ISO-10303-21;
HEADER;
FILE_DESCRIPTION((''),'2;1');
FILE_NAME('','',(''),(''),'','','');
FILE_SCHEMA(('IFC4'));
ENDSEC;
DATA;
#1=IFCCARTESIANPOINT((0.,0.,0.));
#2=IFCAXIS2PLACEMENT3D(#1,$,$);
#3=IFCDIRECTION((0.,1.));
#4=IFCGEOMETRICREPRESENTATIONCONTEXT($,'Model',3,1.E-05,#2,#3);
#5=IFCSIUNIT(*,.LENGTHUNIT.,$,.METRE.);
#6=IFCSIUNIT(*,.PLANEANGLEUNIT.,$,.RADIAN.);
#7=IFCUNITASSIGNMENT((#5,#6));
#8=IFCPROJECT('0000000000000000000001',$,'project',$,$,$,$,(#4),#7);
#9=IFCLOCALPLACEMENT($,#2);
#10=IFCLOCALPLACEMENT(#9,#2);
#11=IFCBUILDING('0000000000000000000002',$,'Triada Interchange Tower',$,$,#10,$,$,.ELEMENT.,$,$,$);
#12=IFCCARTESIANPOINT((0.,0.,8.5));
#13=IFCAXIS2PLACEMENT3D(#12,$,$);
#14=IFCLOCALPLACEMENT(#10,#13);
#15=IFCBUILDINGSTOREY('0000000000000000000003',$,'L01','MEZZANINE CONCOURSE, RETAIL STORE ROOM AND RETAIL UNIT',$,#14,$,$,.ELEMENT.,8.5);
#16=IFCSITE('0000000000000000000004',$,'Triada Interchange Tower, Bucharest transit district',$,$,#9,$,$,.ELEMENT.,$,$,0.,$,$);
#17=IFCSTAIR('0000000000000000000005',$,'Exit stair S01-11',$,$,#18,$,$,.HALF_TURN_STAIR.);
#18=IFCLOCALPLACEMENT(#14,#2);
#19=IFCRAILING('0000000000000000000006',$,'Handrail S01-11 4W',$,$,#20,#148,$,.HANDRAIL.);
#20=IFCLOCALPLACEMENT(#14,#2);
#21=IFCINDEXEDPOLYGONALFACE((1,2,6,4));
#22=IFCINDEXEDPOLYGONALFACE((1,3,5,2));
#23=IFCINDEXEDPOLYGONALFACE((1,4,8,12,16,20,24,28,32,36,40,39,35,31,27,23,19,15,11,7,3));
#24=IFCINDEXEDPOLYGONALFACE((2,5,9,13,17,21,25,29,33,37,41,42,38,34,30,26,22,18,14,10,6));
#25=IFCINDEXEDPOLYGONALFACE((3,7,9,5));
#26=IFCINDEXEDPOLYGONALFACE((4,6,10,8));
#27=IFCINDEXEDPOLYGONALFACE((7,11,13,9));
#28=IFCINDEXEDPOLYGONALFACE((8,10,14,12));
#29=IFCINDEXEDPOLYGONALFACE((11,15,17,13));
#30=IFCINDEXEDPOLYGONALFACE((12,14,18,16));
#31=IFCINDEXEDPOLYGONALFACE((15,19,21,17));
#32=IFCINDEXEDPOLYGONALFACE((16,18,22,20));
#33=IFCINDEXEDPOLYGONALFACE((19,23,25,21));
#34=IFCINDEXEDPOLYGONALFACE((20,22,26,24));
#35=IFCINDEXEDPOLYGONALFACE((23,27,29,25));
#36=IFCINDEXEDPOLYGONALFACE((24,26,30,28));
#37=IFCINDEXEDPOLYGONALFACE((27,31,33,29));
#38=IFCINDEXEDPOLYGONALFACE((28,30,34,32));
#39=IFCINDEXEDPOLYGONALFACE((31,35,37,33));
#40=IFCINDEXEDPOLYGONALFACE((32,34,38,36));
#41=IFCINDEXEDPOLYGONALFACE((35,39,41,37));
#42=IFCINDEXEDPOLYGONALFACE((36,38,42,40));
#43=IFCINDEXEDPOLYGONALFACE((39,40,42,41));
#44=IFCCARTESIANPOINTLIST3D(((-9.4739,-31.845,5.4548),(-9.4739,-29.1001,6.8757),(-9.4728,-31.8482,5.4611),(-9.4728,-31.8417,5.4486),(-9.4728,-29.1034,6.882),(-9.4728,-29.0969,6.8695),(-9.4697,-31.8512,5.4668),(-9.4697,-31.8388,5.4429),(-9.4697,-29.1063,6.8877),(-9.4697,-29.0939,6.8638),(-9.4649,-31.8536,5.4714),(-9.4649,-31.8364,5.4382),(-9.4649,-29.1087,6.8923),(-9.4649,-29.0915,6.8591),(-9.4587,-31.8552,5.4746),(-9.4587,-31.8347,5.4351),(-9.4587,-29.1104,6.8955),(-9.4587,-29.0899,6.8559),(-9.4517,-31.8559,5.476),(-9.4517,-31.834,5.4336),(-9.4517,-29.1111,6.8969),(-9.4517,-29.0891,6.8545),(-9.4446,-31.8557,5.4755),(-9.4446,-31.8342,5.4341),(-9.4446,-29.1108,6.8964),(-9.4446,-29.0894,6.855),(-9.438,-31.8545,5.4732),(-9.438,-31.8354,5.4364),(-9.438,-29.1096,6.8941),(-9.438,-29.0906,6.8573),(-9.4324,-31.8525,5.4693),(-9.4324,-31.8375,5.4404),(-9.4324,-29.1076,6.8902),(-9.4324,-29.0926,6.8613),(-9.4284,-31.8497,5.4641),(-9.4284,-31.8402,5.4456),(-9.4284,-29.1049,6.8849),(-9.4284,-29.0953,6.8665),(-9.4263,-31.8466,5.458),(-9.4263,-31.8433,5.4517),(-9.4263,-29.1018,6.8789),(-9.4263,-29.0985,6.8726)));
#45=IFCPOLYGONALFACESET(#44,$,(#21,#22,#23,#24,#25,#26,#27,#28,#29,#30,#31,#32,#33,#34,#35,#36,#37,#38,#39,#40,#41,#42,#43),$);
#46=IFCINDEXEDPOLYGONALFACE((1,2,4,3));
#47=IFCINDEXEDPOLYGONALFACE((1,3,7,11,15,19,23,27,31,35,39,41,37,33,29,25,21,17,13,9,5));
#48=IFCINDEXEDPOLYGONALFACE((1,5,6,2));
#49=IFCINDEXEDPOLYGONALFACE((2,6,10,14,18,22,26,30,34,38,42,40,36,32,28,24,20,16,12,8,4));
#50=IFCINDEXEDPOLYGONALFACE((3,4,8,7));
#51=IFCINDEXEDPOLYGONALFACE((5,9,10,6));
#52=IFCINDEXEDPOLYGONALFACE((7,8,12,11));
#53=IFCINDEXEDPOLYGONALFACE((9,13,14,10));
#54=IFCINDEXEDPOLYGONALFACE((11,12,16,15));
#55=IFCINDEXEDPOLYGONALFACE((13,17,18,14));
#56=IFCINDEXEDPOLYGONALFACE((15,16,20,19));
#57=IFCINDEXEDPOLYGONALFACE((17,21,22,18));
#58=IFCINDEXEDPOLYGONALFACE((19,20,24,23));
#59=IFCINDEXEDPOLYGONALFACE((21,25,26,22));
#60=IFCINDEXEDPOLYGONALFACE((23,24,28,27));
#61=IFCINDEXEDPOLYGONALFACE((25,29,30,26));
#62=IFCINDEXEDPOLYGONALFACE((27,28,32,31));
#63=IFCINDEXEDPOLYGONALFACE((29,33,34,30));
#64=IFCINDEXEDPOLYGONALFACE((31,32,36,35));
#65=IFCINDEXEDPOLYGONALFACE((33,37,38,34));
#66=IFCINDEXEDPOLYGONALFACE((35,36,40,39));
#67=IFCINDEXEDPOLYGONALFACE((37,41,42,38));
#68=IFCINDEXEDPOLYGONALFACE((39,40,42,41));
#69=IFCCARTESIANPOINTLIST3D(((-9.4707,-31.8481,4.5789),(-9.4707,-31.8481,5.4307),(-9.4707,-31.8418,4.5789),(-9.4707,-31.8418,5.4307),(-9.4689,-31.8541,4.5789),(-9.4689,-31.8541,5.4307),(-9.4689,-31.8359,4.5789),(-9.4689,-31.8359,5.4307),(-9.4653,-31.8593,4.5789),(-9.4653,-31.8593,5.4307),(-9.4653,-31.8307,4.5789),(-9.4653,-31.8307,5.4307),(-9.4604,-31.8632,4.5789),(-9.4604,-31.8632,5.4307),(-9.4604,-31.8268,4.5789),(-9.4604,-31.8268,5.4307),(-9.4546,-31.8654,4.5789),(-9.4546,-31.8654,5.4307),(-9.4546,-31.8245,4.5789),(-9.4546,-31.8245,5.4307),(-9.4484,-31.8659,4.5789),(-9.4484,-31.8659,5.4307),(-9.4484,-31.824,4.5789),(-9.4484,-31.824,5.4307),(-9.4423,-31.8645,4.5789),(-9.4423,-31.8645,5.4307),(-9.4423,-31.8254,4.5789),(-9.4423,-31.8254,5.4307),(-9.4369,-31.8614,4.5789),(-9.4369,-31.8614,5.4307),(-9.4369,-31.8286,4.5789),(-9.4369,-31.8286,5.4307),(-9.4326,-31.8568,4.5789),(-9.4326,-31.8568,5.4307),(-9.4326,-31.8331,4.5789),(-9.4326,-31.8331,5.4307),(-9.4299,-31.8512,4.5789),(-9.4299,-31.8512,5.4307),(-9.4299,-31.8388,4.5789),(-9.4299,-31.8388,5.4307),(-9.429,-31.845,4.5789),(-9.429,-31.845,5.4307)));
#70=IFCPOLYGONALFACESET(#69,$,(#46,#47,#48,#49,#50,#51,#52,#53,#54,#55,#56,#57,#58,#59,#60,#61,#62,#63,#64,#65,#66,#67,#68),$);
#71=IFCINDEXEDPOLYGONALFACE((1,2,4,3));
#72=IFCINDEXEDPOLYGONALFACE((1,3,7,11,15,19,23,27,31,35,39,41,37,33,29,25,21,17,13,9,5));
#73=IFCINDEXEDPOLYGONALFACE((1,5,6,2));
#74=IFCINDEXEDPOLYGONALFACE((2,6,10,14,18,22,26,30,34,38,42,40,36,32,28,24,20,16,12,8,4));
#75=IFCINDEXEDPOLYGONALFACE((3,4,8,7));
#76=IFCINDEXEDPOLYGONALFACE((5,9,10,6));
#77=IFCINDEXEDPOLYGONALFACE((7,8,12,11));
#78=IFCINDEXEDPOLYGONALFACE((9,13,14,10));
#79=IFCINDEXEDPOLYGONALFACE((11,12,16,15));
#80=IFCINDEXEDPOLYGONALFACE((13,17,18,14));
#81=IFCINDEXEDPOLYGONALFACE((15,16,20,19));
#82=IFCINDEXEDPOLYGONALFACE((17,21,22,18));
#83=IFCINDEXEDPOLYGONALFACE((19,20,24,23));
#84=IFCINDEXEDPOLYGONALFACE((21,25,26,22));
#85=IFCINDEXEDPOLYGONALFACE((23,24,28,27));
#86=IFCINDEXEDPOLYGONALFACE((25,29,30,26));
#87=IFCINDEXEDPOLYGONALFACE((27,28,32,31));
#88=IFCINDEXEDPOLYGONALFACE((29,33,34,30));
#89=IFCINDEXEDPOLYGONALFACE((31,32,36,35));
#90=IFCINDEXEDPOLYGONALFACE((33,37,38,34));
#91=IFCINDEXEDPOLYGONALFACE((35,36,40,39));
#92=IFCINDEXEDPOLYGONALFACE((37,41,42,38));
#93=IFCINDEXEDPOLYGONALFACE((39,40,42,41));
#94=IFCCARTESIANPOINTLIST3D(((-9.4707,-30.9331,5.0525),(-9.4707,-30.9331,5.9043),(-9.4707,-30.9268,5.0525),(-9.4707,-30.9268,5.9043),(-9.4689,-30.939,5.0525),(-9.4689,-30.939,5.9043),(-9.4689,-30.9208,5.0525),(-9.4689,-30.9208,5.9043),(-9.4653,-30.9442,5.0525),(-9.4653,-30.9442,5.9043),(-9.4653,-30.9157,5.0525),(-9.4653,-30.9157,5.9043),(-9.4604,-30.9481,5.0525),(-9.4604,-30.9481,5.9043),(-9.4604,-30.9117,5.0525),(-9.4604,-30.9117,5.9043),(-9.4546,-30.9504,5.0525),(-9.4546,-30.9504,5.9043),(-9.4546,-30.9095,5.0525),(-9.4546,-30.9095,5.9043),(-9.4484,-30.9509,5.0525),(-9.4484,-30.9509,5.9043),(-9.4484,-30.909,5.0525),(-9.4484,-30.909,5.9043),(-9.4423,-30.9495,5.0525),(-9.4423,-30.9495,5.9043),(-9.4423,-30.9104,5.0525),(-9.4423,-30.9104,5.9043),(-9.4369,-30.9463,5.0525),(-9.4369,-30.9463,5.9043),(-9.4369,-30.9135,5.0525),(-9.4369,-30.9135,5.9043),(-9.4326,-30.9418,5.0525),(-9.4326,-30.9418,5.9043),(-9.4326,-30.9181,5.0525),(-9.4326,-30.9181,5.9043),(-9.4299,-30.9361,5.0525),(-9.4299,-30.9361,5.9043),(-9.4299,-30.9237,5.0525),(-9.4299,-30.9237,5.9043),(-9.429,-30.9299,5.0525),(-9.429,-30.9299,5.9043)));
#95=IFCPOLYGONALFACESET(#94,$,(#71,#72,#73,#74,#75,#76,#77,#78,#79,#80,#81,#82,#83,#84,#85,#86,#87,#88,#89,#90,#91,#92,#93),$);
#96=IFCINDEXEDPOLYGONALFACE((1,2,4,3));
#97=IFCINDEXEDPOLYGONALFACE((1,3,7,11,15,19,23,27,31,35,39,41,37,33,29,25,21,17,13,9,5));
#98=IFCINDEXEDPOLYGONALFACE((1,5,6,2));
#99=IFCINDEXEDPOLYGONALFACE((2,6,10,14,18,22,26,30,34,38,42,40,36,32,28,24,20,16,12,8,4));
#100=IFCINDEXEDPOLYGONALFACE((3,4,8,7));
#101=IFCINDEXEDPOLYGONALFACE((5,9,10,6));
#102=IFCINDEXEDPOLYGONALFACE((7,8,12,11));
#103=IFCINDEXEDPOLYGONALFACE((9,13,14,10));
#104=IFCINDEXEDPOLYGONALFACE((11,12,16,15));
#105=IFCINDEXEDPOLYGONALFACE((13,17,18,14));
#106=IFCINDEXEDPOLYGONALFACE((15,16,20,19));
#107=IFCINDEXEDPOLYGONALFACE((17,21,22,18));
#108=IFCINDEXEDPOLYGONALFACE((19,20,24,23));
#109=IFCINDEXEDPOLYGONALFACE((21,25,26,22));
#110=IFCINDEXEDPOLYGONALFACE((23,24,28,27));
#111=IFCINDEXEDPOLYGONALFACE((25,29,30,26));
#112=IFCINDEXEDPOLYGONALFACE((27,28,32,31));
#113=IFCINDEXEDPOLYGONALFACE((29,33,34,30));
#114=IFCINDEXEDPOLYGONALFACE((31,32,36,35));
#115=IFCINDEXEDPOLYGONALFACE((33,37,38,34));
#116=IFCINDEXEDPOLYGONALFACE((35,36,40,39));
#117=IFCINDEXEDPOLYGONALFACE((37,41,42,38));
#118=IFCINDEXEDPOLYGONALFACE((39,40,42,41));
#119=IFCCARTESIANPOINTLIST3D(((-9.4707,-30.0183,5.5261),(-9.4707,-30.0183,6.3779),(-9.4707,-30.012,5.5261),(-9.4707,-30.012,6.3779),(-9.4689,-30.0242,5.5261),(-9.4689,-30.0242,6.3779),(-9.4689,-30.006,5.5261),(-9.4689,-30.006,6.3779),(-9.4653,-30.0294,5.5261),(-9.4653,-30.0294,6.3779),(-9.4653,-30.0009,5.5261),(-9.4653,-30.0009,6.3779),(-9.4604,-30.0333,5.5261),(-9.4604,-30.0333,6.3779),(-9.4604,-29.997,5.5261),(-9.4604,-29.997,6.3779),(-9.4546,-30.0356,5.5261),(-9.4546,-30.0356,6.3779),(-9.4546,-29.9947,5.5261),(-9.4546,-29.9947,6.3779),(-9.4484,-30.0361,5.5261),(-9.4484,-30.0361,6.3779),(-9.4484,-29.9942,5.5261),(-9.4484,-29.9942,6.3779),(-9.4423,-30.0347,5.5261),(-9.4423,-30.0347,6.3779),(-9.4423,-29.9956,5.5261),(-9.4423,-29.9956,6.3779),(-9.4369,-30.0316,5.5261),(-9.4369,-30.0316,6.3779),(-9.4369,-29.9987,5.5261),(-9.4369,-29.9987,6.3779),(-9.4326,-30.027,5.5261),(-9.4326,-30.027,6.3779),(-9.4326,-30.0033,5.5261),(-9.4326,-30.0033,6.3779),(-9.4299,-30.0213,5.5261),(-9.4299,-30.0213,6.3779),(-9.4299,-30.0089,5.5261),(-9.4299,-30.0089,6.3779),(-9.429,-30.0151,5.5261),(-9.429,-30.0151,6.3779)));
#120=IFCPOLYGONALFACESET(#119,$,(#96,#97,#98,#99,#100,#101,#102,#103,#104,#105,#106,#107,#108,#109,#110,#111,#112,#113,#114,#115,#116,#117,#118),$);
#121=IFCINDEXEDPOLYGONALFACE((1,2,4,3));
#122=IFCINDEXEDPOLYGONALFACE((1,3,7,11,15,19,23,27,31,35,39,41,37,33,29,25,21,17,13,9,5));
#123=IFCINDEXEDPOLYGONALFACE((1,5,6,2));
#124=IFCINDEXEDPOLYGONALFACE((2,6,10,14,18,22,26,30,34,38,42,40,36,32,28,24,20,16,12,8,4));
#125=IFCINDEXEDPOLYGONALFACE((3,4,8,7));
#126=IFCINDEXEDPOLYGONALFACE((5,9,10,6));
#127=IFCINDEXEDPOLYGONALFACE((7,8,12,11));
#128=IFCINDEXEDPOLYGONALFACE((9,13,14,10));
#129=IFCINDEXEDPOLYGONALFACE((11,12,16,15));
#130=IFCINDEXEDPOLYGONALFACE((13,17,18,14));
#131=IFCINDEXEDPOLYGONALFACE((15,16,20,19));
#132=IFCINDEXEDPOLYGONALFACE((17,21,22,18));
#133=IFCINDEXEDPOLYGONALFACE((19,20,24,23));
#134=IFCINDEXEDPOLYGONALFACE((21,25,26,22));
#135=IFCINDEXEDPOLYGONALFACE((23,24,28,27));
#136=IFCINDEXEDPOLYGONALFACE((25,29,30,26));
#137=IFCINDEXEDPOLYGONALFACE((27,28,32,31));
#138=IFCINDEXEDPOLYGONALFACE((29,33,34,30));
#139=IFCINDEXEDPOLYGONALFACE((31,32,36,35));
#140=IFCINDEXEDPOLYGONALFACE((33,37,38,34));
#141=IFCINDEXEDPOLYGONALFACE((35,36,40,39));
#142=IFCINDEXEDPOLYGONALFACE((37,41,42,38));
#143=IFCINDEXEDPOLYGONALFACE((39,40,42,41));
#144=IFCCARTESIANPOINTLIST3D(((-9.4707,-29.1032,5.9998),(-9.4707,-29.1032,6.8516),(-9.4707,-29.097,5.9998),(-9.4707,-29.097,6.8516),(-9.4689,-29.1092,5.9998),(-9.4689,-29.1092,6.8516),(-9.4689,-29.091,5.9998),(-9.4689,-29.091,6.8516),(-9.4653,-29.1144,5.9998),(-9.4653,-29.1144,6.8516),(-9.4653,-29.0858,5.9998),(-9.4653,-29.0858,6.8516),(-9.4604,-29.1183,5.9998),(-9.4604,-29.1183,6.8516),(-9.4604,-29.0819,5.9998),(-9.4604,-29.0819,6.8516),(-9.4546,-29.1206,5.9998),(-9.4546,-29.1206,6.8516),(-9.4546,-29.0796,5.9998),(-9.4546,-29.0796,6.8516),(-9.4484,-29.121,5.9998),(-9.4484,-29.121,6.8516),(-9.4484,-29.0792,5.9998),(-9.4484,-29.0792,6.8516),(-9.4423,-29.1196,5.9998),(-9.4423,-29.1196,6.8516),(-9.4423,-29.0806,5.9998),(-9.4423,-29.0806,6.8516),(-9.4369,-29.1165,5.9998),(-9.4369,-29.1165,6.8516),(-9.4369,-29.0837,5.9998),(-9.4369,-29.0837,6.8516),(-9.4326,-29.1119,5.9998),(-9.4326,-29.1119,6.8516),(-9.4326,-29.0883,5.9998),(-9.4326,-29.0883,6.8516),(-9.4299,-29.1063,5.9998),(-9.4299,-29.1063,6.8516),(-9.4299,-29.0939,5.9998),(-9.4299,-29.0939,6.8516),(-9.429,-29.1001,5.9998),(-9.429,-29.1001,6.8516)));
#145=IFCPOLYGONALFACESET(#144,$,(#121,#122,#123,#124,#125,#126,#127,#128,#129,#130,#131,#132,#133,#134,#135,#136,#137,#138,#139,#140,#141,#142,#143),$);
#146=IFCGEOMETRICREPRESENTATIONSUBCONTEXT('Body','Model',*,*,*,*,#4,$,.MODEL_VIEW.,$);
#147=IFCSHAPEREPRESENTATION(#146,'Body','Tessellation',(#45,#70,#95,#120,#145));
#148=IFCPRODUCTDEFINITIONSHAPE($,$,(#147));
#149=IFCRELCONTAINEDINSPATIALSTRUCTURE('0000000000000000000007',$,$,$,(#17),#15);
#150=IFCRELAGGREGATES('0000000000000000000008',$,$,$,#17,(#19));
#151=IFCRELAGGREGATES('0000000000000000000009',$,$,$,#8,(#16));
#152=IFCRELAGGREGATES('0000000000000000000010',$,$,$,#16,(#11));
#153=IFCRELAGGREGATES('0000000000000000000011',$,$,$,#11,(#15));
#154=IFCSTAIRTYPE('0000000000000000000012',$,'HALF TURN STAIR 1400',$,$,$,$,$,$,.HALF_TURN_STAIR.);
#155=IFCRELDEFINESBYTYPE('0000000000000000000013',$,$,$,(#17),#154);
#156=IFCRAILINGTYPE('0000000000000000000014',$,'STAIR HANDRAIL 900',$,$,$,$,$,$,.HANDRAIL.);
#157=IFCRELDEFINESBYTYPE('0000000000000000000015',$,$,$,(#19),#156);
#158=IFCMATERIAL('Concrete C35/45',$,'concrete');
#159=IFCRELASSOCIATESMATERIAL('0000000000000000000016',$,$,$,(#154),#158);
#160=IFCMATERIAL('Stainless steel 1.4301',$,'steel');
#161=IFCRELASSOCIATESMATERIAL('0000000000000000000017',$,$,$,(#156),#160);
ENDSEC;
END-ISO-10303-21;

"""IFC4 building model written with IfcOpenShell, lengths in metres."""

from ifc_helpers import new_model, si_unit, direction, frame, origin, origin_2d, place, context, subcontext, project, spatial, circle, extrude, material, type_object, element, aggregate, save


model = new_model("IFC4")

# Units and contexts
model_context = context("Model", 3, precision=1e-05, world=origin(), true_north=direction((0.0, 1.0)))
body_context = subcontext(model_context, "Body", "Model", "MODEL_VIEW")
ifc_project = project(units=[si_unit("LENGTHUNIT", "METRE"), si_unit("PLANEANGLEUNIT", "RADIAN")], contexts=[model_context])

# Site, building, storey
site_placement = place(None, origin())
site = spatial("IfcSite", under=ifc_project, at=site_placement, Name="Triada Interchange Tower, Bucharest transit district", CompositionType="ELEMENT", RefElevation=0.0)
building_placement = place(site_placement, origin())
building = spatial("IfcBuilding", under=site, at=building_placement, Name="Triada Interchange Tower", CompositionType="ELEMENT")
storey_placement = place(building_placement, frame((0.0, 0.0, 8.5)))
storey = spatial("IfcBuildingStorey", under=building, at=storey_placement, Name="L01", Description="MEZZANINE CONCOURSE, RETAIL STORE ROOM AND RETAIL UNIT", CompositionType="ELEMENT", Elevation=8.5)

# Shared definitions
ifc_material_1 = material(Name="Concrete C35/45", Category="concrete")

# Stair, railing
stair_type = type_object("IfcStairType", Name="HALF TURN STAIR 1400", PredefinedType="HALF_TURN_STAIR", material=ifc_material_1)
stair_placement = place(storey_placement, origin())
stair = element("IfcStair", 1, at=stair_placement, inside=storey, type_object=stair_type, Name="Exit stair S01-11", PredefinedType="HALF_TURN_STAIR")
ifc_material_2 = material(Name="Stainless steel 1.4301", Category="steel")
railing_type_1 = type_object("IfcRailingType", Name="STAIR HANDRAIL 900", PredefinedType="HANDRAIL", material=ifc_material_2)
railing_1_placement = place(storey_placement, frame((-9.45, -31.845, 4.5789)))
railing_1 = element("IfcRailing", 2, at=railing_1_placement, type_object=railing_type_1, Name="Handrail S01-11 4W", PredefinedType="HANDRAIL", context=body_context, shape_type="SweptSolid", body=[
    extrude(circle(Radius=0.0239, at=origin_2d()), frame((0.0, 0.0, 0.876), z_axis=(0.0, 0.888068, 0.459713), x_axis=(-1.0, 0.0, 0.0)), (0.0, 0.0, 1.0), 3.0908),
    extrude(circle(Radius=0.021, at=origin_2d()), origin(), (0.0, 0.0, 1.0), 0.8518),
    extrude(circle(Radius=0.021, at=origin_2d()), frame((0.0, 0.915, 0.4736)), (0.0, 0.0, 1.0), 0.8518),
    extrude(circle(Radius=0.021, at=origin_2d()), frame((0.0, 1.8298, 0.9473)), (0.0, 0.0, 1.0), 0.8518),
    extrude(circle(Radius=0.021, at=origin_2d()), frame((0.0, 2.7449, 1.4209)), (0.0, 0.0, 1.0), 0.8518),
])
aggregate(stair, [railing_1])

save(model, "model.ifc")
